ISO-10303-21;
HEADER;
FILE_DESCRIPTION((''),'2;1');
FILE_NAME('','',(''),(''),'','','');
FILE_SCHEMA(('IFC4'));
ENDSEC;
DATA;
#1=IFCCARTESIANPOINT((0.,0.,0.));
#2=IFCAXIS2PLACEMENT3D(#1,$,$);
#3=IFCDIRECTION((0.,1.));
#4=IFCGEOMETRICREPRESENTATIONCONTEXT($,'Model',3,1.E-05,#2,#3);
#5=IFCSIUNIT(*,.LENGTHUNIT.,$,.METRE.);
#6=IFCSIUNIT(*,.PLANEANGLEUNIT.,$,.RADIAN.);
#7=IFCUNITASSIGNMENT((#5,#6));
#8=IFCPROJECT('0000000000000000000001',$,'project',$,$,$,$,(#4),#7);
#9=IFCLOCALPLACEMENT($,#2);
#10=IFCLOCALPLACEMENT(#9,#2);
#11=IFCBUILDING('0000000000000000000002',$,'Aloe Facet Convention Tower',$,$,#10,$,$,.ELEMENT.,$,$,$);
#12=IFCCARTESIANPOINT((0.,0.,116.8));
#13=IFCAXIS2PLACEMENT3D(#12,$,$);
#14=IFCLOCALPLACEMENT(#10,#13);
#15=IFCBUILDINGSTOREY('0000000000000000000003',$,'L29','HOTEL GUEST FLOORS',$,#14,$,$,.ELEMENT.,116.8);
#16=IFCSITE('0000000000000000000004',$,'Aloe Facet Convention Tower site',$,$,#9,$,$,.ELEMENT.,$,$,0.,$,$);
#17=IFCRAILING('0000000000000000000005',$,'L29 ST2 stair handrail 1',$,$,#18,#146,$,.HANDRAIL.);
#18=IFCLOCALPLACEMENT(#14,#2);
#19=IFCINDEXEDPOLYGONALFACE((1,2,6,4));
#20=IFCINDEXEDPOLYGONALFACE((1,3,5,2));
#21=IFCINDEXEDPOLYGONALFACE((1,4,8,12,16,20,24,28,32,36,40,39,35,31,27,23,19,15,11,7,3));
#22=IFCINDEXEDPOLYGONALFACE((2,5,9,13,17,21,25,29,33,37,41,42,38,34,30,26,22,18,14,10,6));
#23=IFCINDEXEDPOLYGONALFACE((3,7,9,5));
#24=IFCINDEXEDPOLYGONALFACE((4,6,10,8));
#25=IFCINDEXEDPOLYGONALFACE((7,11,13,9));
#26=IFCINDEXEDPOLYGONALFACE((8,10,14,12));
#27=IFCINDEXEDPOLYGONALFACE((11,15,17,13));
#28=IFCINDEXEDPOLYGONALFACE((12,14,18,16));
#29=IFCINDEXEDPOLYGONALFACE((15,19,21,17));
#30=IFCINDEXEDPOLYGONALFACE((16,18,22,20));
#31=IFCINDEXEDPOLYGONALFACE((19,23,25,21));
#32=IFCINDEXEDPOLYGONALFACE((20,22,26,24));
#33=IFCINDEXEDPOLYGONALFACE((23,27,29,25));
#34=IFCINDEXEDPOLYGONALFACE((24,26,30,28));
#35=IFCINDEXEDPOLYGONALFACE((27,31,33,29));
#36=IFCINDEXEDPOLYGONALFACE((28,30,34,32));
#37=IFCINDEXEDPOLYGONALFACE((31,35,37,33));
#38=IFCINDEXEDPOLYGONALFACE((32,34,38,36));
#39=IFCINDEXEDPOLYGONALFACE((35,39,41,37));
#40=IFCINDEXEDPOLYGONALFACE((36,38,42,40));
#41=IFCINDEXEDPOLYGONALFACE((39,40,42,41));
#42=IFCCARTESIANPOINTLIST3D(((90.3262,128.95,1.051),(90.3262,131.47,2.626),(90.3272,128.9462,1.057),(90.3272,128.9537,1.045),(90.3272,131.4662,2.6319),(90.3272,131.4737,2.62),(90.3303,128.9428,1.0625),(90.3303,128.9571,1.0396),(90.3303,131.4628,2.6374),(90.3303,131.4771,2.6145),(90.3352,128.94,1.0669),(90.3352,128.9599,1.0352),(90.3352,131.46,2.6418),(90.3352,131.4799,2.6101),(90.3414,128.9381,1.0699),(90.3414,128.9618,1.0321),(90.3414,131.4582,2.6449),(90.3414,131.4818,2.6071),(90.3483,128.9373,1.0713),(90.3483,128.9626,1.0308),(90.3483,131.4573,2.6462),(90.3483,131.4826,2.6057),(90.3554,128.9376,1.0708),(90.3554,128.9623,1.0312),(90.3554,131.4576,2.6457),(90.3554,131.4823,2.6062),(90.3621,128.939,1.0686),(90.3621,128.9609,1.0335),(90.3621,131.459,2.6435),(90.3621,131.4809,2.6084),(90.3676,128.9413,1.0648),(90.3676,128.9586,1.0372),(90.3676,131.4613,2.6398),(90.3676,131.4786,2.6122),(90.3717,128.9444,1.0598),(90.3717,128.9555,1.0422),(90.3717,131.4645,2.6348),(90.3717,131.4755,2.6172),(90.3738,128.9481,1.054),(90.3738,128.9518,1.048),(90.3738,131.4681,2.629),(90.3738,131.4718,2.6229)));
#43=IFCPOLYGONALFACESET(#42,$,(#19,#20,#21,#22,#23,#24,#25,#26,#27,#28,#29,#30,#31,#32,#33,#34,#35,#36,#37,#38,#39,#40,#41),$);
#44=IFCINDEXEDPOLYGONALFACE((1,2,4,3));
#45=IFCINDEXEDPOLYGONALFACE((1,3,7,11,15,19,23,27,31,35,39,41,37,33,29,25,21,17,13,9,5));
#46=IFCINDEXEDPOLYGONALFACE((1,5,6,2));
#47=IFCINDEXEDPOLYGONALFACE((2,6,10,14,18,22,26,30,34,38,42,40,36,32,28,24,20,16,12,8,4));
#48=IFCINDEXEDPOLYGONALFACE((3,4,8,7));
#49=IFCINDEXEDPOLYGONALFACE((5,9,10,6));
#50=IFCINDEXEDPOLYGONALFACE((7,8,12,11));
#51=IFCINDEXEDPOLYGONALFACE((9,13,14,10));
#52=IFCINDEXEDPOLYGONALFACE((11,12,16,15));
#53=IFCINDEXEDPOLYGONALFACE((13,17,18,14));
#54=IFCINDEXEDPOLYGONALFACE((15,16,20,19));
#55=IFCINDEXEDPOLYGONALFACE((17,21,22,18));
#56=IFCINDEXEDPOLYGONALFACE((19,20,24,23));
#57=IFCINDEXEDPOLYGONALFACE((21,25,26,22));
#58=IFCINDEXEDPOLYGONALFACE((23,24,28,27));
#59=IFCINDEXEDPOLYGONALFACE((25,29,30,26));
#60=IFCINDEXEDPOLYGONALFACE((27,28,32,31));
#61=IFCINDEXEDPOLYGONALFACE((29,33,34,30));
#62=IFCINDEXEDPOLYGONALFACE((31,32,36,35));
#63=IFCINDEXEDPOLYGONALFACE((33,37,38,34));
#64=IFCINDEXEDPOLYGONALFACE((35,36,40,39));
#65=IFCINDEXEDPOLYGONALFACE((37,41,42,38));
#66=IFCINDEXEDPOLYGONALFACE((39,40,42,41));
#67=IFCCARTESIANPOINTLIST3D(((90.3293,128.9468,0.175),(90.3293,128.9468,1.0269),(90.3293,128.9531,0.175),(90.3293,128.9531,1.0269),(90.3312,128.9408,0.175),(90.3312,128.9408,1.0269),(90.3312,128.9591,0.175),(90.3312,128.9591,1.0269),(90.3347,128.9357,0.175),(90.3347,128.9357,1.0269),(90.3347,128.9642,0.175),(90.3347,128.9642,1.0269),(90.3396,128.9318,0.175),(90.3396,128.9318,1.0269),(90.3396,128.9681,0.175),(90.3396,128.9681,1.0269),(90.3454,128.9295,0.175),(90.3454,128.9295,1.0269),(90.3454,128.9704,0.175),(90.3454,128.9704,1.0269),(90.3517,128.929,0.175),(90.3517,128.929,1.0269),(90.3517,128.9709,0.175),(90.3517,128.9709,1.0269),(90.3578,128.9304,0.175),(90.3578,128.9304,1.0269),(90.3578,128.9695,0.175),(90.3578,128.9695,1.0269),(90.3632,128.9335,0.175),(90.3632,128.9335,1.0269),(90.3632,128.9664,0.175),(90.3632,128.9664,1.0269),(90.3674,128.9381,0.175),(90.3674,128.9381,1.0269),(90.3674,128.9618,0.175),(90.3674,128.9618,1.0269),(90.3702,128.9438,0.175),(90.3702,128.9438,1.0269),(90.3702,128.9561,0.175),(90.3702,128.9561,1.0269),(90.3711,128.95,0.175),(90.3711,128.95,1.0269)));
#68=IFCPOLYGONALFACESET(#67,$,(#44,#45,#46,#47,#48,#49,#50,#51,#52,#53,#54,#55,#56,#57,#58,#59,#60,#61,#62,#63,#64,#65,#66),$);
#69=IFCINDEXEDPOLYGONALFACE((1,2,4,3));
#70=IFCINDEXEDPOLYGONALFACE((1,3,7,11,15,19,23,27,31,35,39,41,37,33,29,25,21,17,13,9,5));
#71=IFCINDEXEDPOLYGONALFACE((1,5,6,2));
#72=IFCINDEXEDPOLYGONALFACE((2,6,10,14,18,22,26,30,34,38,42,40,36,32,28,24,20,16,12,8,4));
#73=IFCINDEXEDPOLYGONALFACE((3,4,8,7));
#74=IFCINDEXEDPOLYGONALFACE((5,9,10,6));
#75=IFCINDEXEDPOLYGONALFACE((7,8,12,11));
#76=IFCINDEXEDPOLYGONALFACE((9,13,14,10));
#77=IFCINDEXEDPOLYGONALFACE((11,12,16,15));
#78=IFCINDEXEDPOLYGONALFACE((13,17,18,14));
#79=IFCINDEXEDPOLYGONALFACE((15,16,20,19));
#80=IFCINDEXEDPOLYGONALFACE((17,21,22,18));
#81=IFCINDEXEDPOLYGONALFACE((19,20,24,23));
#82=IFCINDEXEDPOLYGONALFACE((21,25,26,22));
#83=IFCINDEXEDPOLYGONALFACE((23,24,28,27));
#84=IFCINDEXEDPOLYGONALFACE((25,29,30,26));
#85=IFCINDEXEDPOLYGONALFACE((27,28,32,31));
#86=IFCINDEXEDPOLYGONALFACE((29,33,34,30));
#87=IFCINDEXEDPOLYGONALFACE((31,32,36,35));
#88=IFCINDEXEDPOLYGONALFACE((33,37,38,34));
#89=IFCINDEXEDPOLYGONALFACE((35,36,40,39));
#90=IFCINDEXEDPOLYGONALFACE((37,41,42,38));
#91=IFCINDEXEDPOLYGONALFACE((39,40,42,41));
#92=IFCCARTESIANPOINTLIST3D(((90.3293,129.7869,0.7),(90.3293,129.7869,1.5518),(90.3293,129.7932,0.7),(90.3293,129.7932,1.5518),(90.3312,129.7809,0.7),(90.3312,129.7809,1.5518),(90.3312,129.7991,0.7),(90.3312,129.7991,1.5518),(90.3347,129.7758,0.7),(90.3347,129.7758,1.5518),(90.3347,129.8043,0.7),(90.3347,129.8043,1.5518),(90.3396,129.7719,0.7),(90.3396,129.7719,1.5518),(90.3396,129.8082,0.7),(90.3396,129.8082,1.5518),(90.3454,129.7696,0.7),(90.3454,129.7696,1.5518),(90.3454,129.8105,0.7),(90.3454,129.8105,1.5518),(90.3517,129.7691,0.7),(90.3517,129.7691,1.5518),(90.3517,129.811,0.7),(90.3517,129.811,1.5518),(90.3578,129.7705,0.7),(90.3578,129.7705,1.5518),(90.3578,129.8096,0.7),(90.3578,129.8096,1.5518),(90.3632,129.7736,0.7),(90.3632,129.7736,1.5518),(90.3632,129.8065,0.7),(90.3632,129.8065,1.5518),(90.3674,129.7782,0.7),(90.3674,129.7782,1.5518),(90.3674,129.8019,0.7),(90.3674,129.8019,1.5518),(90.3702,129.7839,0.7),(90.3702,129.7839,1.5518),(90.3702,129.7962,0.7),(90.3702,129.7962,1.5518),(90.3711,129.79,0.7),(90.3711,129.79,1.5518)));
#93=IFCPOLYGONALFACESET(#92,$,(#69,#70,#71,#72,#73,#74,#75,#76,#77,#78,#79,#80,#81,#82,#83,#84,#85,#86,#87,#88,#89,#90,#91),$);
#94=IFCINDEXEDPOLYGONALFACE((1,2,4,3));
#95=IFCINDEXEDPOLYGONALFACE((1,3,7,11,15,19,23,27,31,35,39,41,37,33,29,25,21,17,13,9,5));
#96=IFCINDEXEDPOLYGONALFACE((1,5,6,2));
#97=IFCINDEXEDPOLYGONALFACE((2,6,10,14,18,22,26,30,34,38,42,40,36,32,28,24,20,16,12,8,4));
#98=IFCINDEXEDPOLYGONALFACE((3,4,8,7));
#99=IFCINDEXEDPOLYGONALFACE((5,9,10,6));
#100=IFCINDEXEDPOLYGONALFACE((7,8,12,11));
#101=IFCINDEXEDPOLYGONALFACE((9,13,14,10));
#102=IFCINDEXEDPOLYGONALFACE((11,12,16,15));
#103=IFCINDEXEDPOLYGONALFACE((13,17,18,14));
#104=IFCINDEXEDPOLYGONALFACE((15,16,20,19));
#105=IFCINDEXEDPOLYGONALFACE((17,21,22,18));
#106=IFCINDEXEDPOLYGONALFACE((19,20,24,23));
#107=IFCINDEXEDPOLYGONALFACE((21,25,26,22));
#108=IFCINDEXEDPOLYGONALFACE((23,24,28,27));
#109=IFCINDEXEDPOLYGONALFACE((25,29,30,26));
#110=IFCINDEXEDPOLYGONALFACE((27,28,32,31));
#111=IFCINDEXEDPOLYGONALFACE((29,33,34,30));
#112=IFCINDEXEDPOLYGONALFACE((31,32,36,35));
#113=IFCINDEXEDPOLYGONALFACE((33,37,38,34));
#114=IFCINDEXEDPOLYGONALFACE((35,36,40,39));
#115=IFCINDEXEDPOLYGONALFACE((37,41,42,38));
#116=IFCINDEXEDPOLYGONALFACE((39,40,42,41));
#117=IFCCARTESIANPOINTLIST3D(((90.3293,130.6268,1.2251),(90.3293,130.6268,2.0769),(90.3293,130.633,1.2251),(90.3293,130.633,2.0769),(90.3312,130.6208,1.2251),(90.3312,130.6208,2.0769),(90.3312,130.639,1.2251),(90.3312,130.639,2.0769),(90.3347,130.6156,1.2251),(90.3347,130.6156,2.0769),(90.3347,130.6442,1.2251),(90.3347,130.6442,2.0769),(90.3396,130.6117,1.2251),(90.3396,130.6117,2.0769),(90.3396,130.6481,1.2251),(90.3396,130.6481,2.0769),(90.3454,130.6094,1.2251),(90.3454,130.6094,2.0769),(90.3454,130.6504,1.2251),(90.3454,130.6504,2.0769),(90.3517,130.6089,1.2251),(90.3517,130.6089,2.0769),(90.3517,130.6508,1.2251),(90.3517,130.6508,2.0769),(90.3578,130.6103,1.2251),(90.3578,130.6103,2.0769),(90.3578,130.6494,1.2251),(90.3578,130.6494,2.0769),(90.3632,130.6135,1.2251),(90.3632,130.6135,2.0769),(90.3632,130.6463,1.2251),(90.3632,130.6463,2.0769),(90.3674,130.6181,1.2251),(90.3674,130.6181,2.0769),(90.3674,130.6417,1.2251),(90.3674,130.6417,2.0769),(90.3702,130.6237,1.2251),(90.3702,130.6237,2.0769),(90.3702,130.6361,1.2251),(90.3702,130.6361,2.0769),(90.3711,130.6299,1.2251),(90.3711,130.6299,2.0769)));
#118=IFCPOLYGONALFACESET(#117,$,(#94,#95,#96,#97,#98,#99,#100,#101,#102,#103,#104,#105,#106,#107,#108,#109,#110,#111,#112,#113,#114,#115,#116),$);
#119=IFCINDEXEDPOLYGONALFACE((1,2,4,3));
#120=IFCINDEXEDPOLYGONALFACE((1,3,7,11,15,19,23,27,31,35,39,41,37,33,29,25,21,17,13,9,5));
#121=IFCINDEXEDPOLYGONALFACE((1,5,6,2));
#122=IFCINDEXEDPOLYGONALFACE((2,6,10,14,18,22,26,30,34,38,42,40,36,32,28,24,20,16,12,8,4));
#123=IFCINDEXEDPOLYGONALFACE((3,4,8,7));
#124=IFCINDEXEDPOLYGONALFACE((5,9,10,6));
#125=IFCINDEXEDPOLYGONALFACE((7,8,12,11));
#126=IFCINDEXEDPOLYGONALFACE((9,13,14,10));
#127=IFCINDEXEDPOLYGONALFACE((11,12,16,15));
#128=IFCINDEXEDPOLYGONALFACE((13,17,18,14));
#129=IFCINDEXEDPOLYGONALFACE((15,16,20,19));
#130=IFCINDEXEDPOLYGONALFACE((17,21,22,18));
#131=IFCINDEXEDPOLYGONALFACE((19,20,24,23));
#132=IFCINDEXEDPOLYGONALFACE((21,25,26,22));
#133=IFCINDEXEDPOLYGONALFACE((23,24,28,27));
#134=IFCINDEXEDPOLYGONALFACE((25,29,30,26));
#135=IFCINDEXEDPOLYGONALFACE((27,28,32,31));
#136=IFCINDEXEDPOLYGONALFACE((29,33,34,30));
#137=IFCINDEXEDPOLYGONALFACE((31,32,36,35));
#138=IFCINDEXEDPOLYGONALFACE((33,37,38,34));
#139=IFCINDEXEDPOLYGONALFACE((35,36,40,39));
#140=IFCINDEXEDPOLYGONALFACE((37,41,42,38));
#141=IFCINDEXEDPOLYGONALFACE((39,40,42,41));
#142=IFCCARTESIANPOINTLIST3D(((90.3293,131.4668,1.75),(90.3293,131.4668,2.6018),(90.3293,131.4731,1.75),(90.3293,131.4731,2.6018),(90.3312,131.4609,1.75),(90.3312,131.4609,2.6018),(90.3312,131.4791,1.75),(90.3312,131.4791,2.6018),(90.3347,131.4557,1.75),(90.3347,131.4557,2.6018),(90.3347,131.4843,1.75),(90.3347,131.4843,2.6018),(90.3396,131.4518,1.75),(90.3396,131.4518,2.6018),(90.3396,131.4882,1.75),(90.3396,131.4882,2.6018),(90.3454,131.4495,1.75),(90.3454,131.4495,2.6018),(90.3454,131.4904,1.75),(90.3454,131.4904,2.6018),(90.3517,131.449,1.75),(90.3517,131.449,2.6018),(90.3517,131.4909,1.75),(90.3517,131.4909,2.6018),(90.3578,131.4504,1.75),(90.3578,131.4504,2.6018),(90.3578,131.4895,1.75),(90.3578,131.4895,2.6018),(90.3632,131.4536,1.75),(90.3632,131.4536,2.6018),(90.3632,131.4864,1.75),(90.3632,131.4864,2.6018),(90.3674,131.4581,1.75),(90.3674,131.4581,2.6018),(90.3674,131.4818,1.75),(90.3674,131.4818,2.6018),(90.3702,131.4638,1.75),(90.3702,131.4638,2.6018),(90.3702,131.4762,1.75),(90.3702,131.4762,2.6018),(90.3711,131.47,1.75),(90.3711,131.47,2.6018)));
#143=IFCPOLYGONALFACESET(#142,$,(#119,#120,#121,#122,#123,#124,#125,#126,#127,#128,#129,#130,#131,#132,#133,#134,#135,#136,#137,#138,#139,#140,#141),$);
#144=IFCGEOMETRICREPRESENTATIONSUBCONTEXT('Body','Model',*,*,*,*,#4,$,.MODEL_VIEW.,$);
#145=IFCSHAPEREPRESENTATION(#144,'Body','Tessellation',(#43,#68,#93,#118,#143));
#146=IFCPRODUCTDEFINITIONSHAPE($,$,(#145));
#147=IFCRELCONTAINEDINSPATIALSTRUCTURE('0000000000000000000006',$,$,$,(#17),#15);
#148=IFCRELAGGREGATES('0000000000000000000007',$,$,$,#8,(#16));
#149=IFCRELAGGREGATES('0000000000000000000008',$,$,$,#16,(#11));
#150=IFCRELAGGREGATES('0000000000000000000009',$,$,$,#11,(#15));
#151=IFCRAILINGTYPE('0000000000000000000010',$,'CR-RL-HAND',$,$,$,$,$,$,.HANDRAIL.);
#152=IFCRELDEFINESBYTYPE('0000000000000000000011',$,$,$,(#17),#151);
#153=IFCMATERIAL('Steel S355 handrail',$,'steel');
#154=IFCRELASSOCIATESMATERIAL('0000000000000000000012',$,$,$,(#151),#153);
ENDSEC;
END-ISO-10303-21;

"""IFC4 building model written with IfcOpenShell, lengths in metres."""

from ifc_helpers import new_model, si_unit, direction, frame, origin, origin_2d, place, context, subcontext, project, spatial, circle, extrude, material, type_object, element, save


model = new_model("IFC4")

# Units and contexts
model_context = context("Model", 3, precision=1e-05, world=origin(), true_north=direction((0.0, 1.0)))
body_context = subcontext(model_context, "Body", "Model", "MODEL_VIEW")
ifc_project = project(units=[si_unit("LENGTHUNIT", "METRE"), si_unit("PLANEANGLEUNIT", "RADIAN")], contexts=[model_context])

# Site, building, storey
site_placement = place(None, origin())
site = spatial("IfcSite", under=ifc_project, at=site_placement, Name="Aloe Facet Convention Tower site", CompositionType="ELEMENT", RefElevation=0.0)
building_placement = place(site_placement, origin())
building = spatial("IfcBuilding", under=site, at=building_placement, Name="Aloe Facet Convention Tower", CompositionType="ELEMENT")
storey_placement = place(building_placement, frame((0.0, 0.0, 116.8)))
storey = spatial("IfcBuildingStorey", under=building, at=storey_placement, Name="L29", Description="HOTEL GUEST FLOORS", CompositionType="ELEMENT", Elevation=116.8)

# Railing
ifc_material_1 = material(Name="Steel S355 handrail", Category="steel")
railing_type = type_object("IfcRailingType", Name="CR-RL-HAND", PredefinedType="HANDRAIL", material=ifc_material_1)
railing_placement = place(storey_placement, frame((90.3501, 128.95, 0.175)))
element("IfcRailing", 1, at=railing_placement, inside=storey, type_object=railing_type, Name="L29 ST2 stair handrail 1", PredefinedType="HANDRAIL", context=body_context, shape_type="SweptSolid", body=[
    extrude(circle(Radius=0.0239, at=origin_2d()), frame((0.0, 0.0, 0.876), z_axis=(0.0, 0.848008, 0.529984), x_axis=(-1.0, 0.0, 0.0)), (0.0, 0.0, 1.0), 2.9717),
    extrude(circle(Radius=0.021, at=origin_2d()), origin(), (0.0, 0.0, 1.0), 0.8518),
    extrude(circle(Radius=0.021, at=origin_2d()), frame((0.0, 0.8401, 0.5249)), (0.0, 0.0, 1.0), 0.8518),
    extrude(circle(Radius=0.021, at=origin_2d()), frame((0.0, 1.6799, 1.05)), (0.0, 0.0, 1.0), 0.8518),
    extrude(circle(Radius=0.021, at=origin_2d()), frame((0.0, 2.52, 1.575)), (0.0, 0.0, 1.0), 0.8518),
])

save(model, "model.ifc")
